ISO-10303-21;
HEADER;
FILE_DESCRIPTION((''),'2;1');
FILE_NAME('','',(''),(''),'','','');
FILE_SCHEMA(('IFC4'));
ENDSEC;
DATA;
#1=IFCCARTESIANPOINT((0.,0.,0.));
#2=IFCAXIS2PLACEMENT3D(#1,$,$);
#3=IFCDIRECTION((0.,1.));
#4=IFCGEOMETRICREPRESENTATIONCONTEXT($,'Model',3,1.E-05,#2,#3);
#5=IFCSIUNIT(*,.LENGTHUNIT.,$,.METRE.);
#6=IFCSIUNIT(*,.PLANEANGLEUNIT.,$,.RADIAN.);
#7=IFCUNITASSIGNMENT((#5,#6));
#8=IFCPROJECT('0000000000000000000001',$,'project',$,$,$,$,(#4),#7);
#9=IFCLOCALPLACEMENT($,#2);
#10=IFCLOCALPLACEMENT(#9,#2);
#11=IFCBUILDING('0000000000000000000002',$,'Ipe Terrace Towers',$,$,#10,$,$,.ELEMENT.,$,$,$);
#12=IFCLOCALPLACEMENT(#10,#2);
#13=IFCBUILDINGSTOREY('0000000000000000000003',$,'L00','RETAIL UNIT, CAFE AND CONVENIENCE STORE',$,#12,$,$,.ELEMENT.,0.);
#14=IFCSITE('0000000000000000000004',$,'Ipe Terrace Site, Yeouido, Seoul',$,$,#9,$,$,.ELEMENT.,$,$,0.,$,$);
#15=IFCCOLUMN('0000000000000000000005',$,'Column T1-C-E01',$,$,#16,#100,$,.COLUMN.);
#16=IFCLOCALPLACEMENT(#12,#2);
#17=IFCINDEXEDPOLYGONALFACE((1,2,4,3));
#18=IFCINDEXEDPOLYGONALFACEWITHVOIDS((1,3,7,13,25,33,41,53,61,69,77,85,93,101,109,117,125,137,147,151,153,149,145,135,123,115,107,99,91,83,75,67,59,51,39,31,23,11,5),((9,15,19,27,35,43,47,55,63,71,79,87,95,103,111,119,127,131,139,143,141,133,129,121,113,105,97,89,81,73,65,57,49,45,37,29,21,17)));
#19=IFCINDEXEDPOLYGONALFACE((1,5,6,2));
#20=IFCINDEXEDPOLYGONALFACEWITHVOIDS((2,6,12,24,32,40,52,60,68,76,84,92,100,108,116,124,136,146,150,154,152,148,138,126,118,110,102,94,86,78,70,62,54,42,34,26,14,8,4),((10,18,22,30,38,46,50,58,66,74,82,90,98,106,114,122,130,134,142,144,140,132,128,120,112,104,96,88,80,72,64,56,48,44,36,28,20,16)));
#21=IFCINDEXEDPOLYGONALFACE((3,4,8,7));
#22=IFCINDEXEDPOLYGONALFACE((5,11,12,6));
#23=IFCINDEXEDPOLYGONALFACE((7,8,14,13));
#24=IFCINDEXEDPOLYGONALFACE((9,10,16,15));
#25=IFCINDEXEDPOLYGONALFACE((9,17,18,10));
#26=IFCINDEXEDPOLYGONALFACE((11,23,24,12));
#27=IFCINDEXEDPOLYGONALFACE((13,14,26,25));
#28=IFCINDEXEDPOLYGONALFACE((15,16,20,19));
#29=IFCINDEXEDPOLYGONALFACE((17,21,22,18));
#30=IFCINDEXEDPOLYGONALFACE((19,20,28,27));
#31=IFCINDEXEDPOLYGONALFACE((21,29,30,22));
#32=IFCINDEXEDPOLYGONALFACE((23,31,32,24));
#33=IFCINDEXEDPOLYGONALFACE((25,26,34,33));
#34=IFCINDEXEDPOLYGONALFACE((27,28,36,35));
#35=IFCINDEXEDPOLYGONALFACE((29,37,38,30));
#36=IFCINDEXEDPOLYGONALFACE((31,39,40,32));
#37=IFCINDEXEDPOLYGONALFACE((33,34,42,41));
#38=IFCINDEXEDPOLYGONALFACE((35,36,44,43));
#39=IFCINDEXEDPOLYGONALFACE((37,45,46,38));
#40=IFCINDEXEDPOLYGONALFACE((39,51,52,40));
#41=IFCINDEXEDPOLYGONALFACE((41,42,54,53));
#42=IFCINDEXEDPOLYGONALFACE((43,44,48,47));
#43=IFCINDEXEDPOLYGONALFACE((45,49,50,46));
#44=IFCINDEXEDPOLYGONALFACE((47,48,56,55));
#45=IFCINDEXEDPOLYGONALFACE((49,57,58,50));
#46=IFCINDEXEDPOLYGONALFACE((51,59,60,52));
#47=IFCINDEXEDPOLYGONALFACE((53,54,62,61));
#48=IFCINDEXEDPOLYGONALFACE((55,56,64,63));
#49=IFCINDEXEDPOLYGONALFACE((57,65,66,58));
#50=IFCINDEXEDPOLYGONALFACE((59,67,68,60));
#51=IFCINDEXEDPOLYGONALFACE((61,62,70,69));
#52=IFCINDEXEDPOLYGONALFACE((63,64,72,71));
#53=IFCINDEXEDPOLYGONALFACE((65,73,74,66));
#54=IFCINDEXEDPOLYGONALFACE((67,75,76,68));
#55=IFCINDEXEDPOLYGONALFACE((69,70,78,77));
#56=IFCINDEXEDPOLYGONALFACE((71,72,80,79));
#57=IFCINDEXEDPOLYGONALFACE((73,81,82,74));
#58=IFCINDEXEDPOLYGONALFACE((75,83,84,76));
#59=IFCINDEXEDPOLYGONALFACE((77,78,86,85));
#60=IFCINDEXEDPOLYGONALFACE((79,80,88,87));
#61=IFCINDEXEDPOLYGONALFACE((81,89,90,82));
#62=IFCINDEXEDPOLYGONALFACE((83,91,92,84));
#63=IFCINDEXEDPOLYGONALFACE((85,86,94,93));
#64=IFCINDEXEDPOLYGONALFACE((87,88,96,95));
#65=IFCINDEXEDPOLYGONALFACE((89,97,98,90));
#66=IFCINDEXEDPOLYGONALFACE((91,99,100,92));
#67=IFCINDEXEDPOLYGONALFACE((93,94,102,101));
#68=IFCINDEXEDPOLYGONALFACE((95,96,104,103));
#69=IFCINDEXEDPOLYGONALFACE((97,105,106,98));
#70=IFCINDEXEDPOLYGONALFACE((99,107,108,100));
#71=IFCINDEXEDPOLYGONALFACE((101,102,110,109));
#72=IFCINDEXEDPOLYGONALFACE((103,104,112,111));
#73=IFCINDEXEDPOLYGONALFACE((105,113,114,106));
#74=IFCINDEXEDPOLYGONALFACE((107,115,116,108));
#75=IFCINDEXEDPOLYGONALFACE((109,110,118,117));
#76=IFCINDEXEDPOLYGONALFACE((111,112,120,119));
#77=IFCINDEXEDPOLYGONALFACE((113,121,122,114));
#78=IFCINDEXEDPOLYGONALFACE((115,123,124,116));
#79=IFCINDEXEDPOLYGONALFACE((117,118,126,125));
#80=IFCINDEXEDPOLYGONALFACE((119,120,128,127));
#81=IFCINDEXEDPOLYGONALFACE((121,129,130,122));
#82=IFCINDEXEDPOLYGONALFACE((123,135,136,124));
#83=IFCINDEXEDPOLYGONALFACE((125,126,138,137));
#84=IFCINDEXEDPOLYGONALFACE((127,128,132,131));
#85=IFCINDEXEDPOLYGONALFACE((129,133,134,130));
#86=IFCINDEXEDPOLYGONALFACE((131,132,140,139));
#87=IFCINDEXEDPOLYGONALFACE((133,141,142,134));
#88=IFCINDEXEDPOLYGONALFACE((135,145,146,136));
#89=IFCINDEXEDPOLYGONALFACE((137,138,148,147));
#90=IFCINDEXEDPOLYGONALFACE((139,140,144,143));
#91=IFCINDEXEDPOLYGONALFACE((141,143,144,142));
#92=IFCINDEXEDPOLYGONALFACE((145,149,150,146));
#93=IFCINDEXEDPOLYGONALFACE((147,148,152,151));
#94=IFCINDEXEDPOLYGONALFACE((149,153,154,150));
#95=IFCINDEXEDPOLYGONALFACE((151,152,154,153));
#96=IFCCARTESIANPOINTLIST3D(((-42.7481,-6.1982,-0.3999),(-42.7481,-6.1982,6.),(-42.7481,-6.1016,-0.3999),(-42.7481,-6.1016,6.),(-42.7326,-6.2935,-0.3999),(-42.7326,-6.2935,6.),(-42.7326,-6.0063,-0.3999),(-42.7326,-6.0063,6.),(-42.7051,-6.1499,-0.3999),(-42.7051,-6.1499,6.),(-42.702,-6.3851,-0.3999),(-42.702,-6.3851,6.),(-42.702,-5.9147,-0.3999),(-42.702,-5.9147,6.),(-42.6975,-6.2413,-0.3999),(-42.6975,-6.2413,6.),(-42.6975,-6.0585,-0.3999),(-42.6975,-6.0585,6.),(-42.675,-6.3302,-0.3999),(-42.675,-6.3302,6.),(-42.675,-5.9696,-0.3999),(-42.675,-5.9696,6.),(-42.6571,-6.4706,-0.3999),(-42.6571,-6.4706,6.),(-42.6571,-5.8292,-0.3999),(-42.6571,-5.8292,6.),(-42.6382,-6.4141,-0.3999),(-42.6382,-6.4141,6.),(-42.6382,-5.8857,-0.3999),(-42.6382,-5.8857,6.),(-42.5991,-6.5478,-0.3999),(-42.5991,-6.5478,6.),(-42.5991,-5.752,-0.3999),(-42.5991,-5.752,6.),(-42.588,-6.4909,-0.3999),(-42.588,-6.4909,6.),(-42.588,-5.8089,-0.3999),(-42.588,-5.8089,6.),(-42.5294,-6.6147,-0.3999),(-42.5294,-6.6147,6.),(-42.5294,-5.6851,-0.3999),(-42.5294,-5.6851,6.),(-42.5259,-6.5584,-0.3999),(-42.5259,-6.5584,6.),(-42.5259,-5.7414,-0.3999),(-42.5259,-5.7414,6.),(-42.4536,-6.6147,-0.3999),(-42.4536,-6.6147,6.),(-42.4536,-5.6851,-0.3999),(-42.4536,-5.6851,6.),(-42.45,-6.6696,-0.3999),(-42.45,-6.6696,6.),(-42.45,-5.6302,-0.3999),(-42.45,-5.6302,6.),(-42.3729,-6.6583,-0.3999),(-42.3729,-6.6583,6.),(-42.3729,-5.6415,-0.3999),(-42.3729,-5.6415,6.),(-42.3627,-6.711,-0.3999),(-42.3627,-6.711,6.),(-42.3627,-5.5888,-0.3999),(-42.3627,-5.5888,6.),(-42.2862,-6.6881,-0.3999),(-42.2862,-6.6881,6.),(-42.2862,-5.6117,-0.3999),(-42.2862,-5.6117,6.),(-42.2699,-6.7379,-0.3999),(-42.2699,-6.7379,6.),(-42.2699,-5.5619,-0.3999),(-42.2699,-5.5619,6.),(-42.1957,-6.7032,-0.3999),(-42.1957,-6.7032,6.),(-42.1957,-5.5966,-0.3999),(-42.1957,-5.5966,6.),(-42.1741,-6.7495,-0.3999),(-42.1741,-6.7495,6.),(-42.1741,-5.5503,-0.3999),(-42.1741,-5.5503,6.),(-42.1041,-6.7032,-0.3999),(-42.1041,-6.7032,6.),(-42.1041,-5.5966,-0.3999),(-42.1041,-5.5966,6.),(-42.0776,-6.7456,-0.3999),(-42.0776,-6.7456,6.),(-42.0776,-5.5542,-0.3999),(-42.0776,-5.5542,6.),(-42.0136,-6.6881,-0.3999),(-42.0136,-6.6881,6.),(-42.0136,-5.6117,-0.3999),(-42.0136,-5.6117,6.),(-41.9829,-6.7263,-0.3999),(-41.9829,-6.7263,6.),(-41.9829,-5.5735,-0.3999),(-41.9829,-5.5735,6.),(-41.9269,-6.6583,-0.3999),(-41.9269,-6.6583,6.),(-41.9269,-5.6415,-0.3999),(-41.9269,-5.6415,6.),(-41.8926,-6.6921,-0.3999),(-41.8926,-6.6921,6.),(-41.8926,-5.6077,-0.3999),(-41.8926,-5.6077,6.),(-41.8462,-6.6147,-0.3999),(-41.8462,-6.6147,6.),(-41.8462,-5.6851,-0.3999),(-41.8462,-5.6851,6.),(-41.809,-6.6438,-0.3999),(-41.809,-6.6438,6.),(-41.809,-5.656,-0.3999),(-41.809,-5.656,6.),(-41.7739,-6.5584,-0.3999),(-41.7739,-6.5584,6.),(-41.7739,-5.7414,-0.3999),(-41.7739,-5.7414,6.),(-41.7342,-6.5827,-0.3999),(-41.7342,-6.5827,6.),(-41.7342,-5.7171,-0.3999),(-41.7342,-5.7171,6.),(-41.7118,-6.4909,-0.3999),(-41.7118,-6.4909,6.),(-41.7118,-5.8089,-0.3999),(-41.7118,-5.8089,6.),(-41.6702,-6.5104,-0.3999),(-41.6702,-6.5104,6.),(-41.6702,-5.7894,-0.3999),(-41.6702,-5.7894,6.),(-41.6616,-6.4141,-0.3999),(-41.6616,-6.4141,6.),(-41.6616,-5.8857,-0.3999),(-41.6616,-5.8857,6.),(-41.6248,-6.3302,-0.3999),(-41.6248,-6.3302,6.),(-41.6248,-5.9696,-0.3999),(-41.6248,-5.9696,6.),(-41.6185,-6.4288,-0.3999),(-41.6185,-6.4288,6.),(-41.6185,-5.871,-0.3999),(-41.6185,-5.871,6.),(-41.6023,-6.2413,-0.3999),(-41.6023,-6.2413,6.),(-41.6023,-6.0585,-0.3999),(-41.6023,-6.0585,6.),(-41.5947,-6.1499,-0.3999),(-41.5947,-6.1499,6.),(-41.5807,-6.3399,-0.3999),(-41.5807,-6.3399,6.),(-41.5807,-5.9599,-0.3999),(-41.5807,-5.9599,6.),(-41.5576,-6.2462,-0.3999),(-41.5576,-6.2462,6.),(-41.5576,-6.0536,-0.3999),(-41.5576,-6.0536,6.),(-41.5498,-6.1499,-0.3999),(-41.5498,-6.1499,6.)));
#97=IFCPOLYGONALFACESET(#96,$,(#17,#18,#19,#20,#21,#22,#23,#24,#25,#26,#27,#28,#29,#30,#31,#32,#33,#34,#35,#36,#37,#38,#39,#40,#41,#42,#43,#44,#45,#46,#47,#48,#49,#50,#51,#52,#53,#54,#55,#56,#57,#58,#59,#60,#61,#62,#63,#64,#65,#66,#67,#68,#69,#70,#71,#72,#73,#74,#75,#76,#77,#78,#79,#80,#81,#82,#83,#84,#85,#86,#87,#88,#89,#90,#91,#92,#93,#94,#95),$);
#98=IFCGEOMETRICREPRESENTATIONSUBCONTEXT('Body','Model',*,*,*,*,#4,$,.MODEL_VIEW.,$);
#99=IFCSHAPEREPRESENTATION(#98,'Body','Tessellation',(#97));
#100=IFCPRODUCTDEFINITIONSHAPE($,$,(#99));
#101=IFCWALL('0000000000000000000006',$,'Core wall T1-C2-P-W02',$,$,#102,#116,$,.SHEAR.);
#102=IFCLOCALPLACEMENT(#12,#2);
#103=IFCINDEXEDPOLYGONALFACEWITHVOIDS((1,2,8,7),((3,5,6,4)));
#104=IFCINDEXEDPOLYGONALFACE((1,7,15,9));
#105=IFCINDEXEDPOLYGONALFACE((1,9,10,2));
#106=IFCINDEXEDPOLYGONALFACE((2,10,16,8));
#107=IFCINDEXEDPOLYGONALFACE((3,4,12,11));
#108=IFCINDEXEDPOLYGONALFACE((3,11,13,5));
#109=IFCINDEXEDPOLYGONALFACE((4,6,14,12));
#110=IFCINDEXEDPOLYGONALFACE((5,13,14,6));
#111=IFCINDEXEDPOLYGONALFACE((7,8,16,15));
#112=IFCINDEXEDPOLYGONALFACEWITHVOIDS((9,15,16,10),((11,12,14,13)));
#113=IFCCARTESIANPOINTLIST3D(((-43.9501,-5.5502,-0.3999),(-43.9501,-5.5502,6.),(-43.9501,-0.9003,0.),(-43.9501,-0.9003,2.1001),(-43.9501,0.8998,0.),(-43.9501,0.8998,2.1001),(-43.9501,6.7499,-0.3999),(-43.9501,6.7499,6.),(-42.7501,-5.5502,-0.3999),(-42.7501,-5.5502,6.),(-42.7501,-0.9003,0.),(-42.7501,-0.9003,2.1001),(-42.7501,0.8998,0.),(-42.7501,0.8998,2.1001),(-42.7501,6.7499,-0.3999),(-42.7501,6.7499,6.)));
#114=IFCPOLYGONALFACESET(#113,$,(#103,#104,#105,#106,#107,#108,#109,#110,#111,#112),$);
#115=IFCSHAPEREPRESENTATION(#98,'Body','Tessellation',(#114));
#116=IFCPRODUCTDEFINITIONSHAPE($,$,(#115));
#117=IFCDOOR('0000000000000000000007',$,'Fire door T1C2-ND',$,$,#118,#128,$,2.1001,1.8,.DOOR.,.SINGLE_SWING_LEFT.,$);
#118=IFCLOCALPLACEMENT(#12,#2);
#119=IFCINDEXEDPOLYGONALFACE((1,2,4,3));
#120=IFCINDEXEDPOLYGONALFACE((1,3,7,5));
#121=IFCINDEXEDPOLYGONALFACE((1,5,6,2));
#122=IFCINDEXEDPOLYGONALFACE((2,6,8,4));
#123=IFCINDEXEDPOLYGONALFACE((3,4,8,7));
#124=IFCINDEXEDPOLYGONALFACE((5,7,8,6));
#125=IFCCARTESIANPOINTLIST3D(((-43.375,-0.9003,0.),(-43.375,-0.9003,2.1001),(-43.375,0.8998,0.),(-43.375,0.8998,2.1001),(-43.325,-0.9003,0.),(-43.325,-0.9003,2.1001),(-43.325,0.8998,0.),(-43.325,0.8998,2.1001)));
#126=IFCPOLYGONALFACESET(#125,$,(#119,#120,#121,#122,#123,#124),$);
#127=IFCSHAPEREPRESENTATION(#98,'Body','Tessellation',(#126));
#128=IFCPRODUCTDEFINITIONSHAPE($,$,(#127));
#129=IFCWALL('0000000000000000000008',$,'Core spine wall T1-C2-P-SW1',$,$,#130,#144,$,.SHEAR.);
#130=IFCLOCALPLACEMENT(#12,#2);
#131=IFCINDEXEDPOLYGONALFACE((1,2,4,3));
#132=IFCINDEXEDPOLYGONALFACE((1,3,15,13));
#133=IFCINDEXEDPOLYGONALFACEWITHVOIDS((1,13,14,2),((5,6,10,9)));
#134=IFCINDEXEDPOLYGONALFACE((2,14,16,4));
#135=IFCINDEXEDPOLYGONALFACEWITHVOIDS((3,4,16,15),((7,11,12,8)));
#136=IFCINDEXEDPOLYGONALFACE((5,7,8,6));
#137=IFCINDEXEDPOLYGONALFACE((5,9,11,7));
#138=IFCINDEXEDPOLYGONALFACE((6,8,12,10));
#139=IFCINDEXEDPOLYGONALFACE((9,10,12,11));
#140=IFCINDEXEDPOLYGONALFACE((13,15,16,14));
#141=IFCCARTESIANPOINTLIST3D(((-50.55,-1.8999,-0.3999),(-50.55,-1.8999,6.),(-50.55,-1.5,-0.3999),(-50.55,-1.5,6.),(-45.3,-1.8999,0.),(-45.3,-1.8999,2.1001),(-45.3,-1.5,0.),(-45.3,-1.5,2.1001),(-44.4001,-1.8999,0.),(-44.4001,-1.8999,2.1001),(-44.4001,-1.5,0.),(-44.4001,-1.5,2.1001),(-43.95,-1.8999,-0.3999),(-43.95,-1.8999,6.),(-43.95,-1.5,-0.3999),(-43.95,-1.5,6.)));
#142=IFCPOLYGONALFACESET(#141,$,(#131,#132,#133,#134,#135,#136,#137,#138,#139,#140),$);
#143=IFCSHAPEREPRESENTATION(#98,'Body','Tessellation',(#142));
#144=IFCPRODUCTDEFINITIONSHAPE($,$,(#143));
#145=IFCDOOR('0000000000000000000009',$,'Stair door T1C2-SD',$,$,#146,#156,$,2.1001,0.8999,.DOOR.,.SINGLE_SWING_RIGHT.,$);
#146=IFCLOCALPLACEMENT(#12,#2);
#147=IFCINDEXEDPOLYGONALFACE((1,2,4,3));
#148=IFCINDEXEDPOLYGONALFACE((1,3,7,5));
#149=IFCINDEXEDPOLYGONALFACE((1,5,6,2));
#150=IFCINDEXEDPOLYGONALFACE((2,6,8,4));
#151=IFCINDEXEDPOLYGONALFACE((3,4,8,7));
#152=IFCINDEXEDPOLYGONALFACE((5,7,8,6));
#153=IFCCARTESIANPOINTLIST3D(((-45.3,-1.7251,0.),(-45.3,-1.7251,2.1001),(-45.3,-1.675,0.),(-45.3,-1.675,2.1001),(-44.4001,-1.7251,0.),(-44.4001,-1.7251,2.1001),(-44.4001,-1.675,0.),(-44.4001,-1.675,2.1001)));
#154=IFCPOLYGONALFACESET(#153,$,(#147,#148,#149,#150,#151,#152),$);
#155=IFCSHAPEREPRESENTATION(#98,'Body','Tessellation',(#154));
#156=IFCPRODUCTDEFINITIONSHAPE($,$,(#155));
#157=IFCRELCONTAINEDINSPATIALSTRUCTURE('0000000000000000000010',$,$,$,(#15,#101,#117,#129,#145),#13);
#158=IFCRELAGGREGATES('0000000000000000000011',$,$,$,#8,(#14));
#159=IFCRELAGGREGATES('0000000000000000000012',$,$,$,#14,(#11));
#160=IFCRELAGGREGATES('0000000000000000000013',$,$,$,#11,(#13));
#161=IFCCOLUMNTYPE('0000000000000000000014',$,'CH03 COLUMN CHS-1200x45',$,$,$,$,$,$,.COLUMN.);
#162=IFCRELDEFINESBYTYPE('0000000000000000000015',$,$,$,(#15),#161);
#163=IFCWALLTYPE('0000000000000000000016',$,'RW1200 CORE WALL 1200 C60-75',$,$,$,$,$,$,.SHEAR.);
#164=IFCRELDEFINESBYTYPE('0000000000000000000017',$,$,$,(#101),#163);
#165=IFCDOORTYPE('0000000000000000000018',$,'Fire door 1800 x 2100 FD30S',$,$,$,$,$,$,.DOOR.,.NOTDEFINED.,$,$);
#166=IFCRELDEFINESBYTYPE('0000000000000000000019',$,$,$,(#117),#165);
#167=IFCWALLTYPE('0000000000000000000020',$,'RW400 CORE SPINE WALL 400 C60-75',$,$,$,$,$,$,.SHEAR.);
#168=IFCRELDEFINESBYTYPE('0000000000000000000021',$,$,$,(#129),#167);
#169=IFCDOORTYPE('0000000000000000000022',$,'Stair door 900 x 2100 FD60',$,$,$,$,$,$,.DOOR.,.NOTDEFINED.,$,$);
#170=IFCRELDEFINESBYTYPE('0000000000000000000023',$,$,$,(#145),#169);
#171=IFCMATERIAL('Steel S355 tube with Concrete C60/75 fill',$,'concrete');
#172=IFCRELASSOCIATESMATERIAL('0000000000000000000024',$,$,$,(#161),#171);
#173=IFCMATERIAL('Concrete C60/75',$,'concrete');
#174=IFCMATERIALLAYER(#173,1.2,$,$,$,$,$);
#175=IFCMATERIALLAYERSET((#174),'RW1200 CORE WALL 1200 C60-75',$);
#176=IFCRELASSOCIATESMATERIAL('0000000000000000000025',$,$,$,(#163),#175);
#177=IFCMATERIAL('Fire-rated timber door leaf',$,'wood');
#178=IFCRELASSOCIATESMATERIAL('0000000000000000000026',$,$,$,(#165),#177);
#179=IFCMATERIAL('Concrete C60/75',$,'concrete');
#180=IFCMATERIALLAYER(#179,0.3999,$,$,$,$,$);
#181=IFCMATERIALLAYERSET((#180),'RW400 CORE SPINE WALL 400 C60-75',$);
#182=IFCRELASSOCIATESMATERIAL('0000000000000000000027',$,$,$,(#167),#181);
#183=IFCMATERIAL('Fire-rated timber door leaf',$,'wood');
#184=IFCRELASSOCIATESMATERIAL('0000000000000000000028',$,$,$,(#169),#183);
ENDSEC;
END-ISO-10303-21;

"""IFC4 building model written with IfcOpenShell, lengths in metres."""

from ifc_helpers import new_model, si_unit, direction, frame, frame_2d, origin, origin_2d, place, context, subcontext, project, spatial, rectangle, hollow_circle, extrude, material, layer, layer_set, material_profile, profile_set, type_object, element, fill, save


model = new_model("IFC4")

# Units and contexts
model_context = context("Model", 3, precision=1e-05, world=origin(), true_north=direction((0.0, 1.0)))
body_context = subcontext(model_context, "Body", "Model", "MODEL_VIEW")
ifc_project = project(units=[si_unit("LENGTHUNIT", "METRE"), si_unit("PLANEANGLEUNIT", "RADIAN")], contexts=[model_context])

# Site, building, storey
site_placement = place(None, origin())
site = spatial("IfcSite", under=ifc_project, at=site_placement, Name="Ipe Terrace Site, Yeouido, Seoul", CompositionType="ELEMENT", RefElevation=0.0)
building_placement = place(site_placement, origin())
building = spatial("IfcBuilding", under=site, at=building_placement, Name="Ipe Terrace Towers", CompositionType="ELEMENT")
storey_placement = place(building_placement, origin())
storey = spatial("IfcBuildingStorey", under=building, at=storey_placement, Name="L00", Description="RETAIL UNIT, CAFE AND CONVENIENCE STORE", CompositionType="ELEMENT", Elevation=0.0)

# Column
ifc_material_1 = material(Name="Steel S355 tube with Concrete C60/75 fill", Category="concrete")
ifc_material_profile_1 = material_profile(ifc_material_1, hollow_circle(Radius=0.6001, WallThickness=0.0449, at=origin_2d()), Name="CHS-1200x45")
ifc_profile_set_1 = profile_set([ifc_material_profile_1], Name="Steel S355 tube with Concrete C60/75 fill")
column_type = type_object("IfcColumnType", Name="CH03 COLUMN CHS-1200x45", PredefinedType="COLUMN", material=ifc_profile_set_1)
column_placement = place(storey_placement, frame((-42.1499, -6.1499, -0.3999), z_axis=(0.0, 0.0, 1.0), x_axis=(1.0, 0.0, 0.0)))
element("IfcColumn", 1, at=column_placement, inside=storey, type_object=column_type, Name="Column T1-C-E01", PredefinedType="COLUMN", context=body_context, shape_type="SweptSolid", body=[
    extrude(hollow_circle(Radius=0.6001, WallThickness=0.0449, at=origin_2d()), origin(), (0.0, 0.0, 1.0), 6.3999),
])

# Walls, openings, doors
ifc_material_2 = material(Name="Concrete C60/75", Category="concrete")
ifc_layer_1 = layer(ifc_material_2, 1.2)
ifc_layer_set_1 = layer_set([ifc_layer_1], Name="RW1200 CORE WALL 1200 C60-75")
wall_type_1 = type_object("IfcWallType", Name="RW1200 CORE WALL 1200 C60-75", PredefinedType="SHEAR", material=ifc_layer_set_1)
wall_1_placement = place(storey_placement, frame((-43.3501, -5.55, -0.3999), z_axis=(0.0, 0.0, 1.0), x_axis=(0.0, 1.0, 0.0)))
wall_1 = element("IfcWall", 2, at=wall_1_placement, inside=storey, type_object=wall_type_1, Name="Core wall T1-C2-P-W02", PredefinedType="SHEAR", context=body_context, shape_type="SweptSolid", body=[
    extrude(rectangle(XDim=12.3, YDim=1.2, at=frame_2d((6.1499, 0.0))), origin(), (0.0, 0.0, 1.0), 6.3999),
])
opening_1_placement = place(wall_1_placement, frame((4.6499, 0.0, 0.3999)))
opening_1 = element("IfcOpeningElement", 3, at=opening_1_placement, cuts=wall_1, PredefinedType="OPENING", context=body_context, shape_type="SweptSolid", body=[
    extrude(rectangle(XDim=1.8, YDim=2.1001, at=frame_2d((0.8999, 1.05))), frame((0.0, 0.6099, 0.0), z_axis=(0.0, -1.0, 0.0), x_axis=(1.0, 0.0, 0.0)), (0.0, 0.0, 1.0), 1.22),
])
ifc_material_3 = material(Name="Fire-rated timber door leaf", Category="wood")
door_type_1 = type_object("IfcDoorType", Name="Fire door 1800 x 2100 FD30S", OperationType="NOTDEFINED", PredefinedType="DOOR", material=ifc_material_3)
door_1_placement = place(opening_1_placement, origin())
door_1 = element("IfcDoor", 4, at=door_1_placement, inside=storey, type_object=door_type_1, Name="Fire door T1C2-ND", OperationType="SINGLE_SWING_LEFT", OverallHeight=2.1001, OverallWidth=1.8, PredefinedType="DOOR", context=body_context, shape_type="SweptSolid", body=[
    extrude(rectangle(XDim=1.8, YDim=2.1001, at=frame_2d((0.8999, 1.05))), frame((0.0, 0.0249, 0.0), z_axis=(0.0, -1.0, 0.0), x_axis=(1.0, 0.0, 0.0)), (0.0, 0.0, 1.0), 0.05),
])
fill(opening_1, door_1)
ifc_material_4 = material(Name="Concrete C60/75", Category="concrete")
ifc_layer_2 = layer(ifc_material_4, 0.3999)
ifc_layer_set_2 = layer_set([ifc_layer_2], Name="RW400 CORE SPINE WALL 400 C60-75")
wall_type_2 = type_object("IfcWallType", Name="RW400 CORE SPINE WALL 400 C60-75", PredefinedType="SHEAR", material=ifc_layer_set_2)
wall_2_placement = place(storey_placement, frame((-50.55, -1.7, -0.3999), z_axis=(0.0, 0.0, 1.0), x_axis=(1.0, 0.0, 0.0)))
wall_2 = element("IfcWall", 5, at=wall_2_placement, inside=storey, type_object=wall_type_2, Name="Core spine wall T1-C2-P-SW1", PredefinedType="SHEAR", context=body_context, shape_type="SweptSolid", body=[
    extrude(rectangle(XDim=6.6001, YDim=0.3999, at=frame_2d((3.3, 0.0))), origin(), (0.0, 0.0, 1.0), 6.3999),
])
opening_2_placement = place(wall_2_placement, frame((5.25, 0.0, 0.3999)))
opening_2 = element("IfcOpeningElement", 6, at=opening_2_placement, cuts=wall_2, PredefinedType="OPENING", context=body_context, shape_type="SweptSolid", body=[
    extrude(rectangle(XDim=0.8999, YDim=2.1001, at=frame_2d((0.45, 1.05))), frame((0.0, 0.21, 0.0), z_axis=(0.0, -1.0, 0.0), x_axis=(1.0, 0.0, 0.0)), (0.0, 0.0, 1.0), 0.4199),
])
ifc_material_5 = material(Name="Fire-rated timber door leaf", Category="wood")
door_type_2 = type_object("IfcDoorType", Name="Stair door 900 x 2100 FD60", OperationType="NOTDEFINED", PredefinedType="DOOR", material=ifc_material_5)
door_2_placement = place(opening_2_placement, origin())
door_2 = element("IfcDoor", 7, at=door_2_placement, inside=storey, type_object=door_type_2, Name="Stair door T1C2-SD", OperationType="SINGLE_SWING_RIGHT", OverallHeight=2.1001, OverallWidth=0.8999, PredefinedType="DOOR", context=body_context, shape_type="SweptSolid", body=[
    extrude(rectangle(XDim=0.8999, YDim=2.1001, at=frame_2d((0.45, 1.05))), frame((0.0, 0.0249, 0.0), z_axis=(0.0, -1.0, 0.0), x_axis=(1.0, 0.0, 0.0)), (0.0, 0.0, 1.0), 0.05),
])
fill(opening_2, door_2)

save(model, "model.ifc")
